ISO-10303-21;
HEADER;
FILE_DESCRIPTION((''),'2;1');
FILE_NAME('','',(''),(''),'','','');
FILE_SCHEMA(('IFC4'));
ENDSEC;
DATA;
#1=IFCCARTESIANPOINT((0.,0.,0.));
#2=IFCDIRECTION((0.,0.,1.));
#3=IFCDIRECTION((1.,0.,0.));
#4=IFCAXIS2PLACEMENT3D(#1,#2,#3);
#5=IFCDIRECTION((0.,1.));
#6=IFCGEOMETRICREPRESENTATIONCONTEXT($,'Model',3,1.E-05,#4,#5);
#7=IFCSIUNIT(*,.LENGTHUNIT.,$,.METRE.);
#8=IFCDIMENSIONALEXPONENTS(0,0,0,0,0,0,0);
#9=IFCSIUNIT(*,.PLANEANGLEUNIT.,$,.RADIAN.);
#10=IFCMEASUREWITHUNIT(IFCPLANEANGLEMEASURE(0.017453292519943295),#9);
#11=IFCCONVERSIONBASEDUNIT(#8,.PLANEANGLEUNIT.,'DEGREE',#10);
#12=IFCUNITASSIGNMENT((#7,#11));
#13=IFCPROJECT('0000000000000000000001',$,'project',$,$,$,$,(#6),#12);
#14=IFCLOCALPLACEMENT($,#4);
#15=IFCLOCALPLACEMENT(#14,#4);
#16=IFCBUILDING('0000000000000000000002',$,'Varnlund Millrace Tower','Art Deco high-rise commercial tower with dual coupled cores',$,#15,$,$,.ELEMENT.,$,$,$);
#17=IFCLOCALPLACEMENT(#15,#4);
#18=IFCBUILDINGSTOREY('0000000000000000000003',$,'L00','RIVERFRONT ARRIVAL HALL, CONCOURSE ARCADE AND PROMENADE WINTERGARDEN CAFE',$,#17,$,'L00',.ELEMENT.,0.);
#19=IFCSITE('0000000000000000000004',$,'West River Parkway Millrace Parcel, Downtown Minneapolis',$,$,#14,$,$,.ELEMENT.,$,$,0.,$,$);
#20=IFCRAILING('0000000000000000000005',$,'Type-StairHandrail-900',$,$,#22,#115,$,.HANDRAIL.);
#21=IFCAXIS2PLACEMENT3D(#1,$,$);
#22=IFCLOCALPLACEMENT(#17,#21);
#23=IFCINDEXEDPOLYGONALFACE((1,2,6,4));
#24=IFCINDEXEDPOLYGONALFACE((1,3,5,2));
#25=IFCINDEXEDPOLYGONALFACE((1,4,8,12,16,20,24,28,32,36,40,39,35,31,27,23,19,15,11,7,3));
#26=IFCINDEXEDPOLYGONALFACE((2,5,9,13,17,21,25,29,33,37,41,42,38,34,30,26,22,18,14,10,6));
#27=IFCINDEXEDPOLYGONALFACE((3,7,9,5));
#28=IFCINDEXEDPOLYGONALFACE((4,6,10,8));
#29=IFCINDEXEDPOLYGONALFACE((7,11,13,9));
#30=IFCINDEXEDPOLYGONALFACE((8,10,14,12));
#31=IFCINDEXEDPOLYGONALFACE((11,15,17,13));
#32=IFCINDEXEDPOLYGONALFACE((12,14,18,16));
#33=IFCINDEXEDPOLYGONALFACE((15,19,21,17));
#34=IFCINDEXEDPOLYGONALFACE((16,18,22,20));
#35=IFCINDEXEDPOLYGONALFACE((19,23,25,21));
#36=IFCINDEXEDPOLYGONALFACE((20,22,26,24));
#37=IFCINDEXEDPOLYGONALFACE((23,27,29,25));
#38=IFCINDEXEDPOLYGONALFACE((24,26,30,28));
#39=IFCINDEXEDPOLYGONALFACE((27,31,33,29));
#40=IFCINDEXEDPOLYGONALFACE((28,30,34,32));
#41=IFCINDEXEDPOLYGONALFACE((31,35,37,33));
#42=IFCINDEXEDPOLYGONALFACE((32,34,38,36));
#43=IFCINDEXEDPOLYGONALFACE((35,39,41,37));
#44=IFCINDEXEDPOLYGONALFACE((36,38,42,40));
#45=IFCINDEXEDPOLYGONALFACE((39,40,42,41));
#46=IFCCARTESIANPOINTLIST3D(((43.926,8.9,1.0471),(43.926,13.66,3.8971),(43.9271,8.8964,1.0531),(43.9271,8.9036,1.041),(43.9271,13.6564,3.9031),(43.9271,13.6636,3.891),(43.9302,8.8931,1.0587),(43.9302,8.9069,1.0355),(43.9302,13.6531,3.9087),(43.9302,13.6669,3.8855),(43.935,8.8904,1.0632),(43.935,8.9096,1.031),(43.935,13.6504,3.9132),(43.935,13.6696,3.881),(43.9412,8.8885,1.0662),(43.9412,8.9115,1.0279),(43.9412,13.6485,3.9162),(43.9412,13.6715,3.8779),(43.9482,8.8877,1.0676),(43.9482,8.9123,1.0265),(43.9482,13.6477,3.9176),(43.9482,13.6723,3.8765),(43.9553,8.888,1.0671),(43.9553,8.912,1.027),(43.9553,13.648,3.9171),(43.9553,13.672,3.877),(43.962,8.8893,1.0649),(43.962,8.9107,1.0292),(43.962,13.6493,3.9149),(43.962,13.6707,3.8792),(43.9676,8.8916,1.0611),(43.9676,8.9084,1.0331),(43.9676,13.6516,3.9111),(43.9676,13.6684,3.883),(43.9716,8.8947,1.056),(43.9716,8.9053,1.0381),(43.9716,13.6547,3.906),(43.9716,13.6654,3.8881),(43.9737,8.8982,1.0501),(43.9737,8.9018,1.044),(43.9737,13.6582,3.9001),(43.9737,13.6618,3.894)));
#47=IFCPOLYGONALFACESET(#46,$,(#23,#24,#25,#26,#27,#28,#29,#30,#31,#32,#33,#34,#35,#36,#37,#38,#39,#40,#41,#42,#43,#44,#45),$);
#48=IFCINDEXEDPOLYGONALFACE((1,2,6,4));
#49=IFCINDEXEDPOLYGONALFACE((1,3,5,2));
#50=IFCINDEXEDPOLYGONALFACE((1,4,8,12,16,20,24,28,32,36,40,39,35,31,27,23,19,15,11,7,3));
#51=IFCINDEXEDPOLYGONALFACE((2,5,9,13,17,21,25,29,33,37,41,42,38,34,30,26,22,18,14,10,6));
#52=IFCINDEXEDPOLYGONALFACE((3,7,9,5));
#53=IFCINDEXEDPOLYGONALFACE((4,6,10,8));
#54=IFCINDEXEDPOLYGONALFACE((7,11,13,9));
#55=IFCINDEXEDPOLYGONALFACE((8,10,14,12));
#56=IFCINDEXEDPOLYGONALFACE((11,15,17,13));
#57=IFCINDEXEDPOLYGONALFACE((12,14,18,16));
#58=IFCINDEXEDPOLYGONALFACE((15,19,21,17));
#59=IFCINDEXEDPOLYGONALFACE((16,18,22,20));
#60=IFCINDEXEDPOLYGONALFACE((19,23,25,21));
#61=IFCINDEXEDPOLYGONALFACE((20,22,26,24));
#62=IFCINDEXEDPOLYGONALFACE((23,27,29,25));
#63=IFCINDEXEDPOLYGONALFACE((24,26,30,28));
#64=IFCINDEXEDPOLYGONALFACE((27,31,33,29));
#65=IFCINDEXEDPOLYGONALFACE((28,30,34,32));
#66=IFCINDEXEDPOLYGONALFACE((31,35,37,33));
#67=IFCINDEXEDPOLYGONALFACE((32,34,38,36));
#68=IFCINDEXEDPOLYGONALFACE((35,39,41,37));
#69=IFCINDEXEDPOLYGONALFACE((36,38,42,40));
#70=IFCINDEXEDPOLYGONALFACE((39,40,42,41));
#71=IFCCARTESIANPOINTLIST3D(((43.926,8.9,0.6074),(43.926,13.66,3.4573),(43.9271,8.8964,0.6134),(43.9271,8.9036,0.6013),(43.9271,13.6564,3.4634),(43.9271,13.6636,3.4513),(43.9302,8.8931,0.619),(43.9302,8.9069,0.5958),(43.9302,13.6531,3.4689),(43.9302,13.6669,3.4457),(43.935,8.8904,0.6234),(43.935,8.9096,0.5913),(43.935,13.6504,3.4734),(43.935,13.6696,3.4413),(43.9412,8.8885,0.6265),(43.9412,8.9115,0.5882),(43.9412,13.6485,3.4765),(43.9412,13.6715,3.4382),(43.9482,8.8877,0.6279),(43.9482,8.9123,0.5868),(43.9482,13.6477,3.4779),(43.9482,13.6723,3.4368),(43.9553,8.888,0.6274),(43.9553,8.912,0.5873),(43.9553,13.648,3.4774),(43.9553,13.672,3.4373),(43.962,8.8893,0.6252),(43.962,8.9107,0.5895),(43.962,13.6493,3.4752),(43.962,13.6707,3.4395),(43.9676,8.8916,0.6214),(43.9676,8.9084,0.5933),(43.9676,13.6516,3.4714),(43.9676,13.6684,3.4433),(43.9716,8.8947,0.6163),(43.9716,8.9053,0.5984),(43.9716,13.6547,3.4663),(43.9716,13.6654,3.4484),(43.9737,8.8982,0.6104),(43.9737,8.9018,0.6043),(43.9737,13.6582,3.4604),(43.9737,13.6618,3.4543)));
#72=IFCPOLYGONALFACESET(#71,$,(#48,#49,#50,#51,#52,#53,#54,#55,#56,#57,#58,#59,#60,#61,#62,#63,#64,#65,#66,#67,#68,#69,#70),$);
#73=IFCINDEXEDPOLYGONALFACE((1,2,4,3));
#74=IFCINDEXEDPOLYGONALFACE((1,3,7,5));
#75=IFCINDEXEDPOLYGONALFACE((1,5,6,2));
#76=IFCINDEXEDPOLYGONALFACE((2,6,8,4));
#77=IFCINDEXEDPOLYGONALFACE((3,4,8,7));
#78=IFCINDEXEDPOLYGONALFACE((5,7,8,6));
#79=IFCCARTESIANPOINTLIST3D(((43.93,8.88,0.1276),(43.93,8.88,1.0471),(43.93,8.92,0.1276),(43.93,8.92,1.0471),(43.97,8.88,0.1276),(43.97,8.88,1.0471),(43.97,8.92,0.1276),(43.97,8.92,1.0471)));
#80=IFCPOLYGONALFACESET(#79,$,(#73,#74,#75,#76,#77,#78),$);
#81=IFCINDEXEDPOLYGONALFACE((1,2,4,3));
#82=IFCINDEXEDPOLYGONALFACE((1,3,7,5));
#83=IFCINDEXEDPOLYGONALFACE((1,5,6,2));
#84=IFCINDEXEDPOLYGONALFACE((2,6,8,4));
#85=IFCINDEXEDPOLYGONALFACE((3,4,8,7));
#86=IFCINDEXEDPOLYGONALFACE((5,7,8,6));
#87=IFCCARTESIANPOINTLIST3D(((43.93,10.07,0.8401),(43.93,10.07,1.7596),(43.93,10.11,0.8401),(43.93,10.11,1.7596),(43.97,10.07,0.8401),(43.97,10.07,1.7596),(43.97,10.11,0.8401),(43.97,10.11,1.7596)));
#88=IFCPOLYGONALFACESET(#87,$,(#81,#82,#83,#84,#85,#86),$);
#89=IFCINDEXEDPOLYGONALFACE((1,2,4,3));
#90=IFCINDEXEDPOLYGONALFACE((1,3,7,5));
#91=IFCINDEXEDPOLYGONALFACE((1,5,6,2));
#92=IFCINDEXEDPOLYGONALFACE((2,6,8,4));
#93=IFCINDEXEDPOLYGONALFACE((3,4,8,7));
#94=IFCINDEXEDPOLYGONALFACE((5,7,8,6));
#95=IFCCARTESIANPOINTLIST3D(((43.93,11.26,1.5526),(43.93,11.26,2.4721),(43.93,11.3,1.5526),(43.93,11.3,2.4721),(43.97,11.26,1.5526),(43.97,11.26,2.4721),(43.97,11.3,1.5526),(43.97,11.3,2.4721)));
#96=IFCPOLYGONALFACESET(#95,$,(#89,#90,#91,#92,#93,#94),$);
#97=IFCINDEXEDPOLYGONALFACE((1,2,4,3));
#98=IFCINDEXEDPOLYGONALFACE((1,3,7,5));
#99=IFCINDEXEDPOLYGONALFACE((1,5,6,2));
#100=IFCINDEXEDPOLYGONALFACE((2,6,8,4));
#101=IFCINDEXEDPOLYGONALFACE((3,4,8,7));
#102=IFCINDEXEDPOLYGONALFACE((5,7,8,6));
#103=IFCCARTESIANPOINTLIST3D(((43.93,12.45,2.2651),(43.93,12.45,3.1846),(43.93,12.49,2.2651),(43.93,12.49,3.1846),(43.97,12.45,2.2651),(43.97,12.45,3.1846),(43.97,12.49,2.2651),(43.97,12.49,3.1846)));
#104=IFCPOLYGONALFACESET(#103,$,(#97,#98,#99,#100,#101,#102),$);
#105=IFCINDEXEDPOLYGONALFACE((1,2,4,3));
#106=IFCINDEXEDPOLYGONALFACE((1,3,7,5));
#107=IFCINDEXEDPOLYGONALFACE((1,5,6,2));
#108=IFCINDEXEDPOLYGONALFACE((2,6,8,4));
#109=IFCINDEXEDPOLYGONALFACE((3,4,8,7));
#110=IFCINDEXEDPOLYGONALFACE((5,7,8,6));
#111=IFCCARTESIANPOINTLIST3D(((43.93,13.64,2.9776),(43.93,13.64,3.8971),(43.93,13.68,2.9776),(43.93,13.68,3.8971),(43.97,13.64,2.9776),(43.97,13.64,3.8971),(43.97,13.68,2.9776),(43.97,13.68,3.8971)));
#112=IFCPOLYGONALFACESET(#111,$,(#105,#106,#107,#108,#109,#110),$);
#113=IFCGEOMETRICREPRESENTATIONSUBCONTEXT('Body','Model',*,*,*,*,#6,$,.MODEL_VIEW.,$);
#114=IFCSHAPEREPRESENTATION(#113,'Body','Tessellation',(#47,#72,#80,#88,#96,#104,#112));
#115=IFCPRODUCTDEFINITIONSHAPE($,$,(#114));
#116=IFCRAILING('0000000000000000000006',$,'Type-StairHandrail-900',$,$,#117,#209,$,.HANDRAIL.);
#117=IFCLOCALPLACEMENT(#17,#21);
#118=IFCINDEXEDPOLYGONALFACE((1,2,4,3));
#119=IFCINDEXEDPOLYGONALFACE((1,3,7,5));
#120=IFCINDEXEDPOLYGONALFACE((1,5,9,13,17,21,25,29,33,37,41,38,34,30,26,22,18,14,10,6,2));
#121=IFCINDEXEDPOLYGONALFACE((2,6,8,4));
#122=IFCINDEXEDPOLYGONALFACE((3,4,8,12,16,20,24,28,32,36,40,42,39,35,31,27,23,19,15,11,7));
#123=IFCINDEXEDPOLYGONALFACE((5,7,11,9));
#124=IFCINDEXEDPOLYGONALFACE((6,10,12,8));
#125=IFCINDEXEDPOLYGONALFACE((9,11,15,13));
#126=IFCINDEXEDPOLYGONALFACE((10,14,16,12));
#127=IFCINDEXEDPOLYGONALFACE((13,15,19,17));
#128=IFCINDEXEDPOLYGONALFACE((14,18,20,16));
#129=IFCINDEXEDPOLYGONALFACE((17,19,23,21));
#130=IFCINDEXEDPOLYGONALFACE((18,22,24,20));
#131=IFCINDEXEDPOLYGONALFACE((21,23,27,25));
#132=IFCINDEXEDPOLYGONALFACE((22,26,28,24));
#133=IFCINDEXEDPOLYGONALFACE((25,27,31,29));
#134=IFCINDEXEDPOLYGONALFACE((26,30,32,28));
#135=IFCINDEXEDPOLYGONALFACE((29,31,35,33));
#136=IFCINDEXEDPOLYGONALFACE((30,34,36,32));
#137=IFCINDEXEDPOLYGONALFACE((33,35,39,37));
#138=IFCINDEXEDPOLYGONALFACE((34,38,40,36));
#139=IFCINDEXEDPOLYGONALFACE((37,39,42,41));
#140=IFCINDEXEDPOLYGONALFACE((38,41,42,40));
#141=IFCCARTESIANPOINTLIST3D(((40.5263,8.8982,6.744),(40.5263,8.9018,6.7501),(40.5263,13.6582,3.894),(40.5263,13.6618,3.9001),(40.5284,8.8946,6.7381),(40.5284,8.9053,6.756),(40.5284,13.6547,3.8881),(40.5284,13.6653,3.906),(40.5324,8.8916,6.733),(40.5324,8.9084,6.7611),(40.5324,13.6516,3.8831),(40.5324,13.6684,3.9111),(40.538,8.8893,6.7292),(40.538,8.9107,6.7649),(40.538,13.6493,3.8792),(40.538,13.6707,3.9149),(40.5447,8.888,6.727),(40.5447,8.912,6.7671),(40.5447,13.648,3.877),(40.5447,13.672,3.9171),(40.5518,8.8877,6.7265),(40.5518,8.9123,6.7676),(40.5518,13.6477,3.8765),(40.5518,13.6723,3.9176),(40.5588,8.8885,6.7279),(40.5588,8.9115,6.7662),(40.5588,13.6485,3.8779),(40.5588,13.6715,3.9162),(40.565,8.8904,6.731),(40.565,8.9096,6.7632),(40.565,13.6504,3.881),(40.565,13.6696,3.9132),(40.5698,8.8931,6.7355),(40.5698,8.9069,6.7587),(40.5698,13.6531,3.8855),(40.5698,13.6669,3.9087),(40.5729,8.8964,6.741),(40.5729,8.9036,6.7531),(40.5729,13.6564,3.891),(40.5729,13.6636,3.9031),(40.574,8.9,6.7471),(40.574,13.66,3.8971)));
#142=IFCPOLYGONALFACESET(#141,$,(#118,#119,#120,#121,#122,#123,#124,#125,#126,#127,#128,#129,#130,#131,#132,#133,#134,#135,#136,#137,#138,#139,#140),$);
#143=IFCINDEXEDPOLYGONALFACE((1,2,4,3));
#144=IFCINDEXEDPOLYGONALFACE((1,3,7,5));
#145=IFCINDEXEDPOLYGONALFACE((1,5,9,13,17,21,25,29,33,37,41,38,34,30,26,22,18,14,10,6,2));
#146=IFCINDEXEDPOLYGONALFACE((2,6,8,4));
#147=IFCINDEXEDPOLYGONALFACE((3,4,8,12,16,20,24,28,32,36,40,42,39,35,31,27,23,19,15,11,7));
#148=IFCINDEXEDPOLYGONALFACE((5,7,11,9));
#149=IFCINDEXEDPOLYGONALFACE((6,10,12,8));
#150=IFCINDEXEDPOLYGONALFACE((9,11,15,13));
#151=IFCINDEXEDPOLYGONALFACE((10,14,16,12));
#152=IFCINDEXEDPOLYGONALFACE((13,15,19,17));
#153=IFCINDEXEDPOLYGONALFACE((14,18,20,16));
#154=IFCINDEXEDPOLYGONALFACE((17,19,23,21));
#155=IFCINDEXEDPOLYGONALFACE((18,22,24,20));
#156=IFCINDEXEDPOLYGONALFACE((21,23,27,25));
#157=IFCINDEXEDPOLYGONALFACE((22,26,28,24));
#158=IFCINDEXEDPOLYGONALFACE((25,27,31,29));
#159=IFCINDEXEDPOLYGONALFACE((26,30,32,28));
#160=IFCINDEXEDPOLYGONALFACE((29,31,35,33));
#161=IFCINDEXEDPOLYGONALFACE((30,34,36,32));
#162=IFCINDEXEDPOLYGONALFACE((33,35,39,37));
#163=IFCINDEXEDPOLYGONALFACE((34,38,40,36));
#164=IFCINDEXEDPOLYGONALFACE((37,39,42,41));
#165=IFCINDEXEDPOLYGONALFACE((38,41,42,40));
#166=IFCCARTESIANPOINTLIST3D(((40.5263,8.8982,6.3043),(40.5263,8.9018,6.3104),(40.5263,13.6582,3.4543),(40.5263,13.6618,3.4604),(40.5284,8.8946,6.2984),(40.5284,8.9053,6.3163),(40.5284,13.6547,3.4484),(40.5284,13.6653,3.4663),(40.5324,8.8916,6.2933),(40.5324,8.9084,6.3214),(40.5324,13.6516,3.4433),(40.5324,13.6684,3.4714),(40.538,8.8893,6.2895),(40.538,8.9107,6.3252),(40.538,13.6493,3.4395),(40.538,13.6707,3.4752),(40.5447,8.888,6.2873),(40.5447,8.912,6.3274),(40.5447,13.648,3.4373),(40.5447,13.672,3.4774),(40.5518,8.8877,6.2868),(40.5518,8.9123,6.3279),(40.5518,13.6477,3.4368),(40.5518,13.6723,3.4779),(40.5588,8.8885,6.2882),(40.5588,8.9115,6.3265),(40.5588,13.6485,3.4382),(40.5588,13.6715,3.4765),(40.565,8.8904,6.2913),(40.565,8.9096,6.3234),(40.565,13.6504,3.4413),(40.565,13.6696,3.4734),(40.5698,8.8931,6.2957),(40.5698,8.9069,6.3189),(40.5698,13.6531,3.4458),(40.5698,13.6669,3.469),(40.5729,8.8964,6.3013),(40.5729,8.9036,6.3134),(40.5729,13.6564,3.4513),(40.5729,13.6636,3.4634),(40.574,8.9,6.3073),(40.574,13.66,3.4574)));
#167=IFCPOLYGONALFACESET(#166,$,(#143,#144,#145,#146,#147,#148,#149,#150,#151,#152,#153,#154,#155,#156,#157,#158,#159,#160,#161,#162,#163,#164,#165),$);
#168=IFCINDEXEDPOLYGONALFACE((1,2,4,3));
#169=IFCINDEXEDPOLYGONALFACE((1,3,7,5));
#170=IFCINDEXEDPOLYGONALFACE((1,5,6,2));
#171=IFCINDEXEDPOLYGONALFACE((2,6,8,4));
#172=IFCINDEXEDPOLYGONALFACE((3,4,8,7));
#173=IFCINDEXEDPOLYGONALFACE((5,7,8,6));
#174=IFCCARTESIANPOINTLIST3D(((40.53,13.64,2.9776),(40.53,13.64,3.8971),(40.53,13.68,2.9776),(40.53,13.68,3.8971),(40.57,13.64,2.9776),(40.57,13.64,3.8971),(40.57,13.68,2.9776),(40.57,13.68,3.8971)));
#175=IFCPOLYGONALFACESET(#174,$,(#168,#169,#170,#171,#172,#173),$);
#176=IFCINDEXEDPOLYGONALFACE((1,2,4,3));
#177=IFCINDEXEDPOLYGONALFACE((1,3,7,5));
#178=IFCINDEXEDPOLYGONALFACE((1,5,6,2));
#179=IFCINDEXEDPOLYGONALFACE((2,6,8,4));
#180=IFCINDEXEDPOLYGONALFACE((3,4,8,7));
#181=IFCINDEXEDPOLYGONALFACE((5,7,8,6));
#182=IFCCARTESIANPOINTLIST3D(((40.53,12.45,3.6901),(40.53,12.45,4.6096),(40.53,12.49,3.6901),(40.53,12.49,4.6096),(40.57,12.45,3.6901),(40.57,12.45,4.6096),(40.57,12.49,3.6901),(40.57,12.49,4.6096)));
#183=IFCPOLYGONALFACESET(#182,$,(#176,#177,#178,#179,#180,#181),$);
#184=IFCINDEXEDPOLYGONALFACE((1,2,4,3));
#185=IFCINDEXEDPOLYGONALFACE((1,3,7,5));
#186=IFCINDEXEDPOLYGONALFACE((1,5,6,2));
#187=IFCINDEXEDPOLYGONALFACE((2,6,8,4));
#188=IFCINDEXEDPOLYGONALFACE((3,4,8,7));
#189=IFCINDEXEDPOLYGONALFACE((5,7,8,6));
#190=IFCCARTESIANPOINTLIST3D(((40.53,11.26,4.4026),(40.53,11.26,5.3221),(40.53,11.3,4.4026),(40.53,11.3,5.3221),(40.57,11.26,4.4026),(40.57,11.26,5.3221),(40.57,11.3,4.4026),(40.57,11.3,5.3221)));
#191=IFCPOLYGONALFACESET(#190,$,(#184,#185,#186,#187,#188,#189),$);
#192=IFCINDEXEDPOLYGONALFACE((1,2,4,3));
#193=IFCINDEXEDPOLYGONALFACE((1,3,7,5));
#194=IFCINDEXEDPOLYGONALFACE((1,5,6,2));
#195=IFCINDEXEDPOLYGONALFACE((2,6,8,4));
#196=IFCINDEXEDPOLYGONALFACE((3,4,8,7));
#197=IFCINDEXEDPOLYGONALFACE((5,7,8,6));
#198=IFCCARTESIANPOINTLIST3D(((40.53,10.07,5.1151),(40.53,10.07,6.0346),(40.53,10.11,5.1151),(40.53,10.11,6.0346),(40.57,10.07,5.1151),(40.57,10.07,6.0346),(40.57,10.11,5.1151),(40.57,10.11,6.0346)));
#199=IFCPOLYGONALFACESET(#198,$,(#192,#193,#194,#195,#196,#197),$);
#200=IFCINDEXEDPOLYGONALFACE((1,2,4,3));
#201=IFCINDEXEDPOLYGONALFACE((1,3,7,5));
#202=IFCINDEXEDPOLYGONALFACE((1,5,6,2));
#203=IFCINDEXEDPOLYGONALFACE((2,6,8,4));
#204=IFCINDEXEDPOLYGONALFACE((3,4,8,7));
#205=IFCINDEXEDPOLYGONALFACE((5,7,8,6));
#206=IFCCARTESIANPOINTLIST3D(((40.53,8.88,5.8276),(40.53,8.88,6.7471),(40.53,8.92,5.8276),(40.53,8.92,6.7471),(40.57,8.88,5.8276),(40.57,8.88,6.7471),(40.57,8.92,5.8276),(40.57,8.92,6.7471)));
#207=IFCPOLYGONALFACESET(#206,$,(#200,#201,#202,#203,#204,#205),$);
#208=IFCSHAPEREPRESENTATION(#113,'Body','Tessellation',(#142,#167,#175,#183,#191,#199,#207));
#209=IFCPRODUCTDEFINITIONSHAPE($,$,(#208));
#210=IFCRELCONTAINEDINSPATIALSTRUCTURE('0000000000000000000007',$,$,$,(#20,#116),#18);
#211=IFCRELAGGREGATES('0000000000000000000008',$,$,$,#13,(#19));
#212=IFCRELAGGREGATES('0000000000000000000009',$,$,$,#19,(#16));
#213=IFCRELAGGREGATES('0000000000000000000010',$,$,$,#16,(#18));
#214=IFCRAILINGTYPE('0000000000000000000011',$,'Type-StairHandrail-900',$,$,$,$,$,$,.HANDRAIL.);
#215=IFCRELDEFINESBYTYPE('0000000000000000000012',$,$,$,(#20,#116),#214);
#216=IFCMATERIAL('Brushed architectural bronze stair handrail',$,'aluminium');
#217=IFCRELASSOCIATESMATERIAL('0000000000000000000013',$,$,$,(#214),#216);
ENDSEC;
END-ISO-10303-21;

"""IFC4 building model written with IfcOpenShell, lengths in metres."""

from ifc_helpers import new_model, entity, si_unit, converted_unit, direction, frame, origin_with_axes, origin_2d_with_axis, place, context, subcontext, project, spatial, rectangle, circle, extrude, material, type_object, element, save


model = new_model("IFC4")

# Units and contexts
model_context = context("Model", 3, precision=1e-05, world=origin_with_axes(), true_north=direction((0.0, 1.0)))
body_context = subcontext(model_context, "Body", "Model", "MODEL_VIEW")
ifc_project = project(units=[si_unit("LENGTHUNIT", "METRE"), converted_unit("PLANEANGLEUNIT", "DEGREE", entity("IfcPlaneAngleMeasure", 0.017453292519943295), si_unit("PLANEANGLEUNIT", "RADIAN"), dimensions=[0, 0, 0, 0, 0, 0, 0])], contexts=[model_context])

# Site, building, storey
site_placement = place(None, origin_with_axes())
site = spatial("IfcSite", under=ifc_project, at=site_placement, Name="West River Parkway Millrace Parcel, Downtown Minneapolis", CompositionType="ELEMENT", RefElevation=0.0)
building_placement = place(site_placement, origin_with_axes())
building = spatial("IfcBuilding", under=site, at=building_placement, Name="Varnlund Millrace Tower", Description="Art Deco high-rise commercial tower with dual coupled cores", CompositionType="ELEMENT")
storey_placement = place(building_placement, origin_with_axes())
storey = spatial("IfcBuildingStorey", under=building, at=storey_placement, Name="L00", Description="RIVERFRONT ARRIVAL HALL, CONCOURSE ARCADE AND PROMENADE WINTERGARDEN CAFE", LongName="L00", CompositionType="ELEMENT", Elevation=0.0)

# Railings
ifc_material_1 = material(Name="Brushed architectural bronze stair handrail", Category="aluminium")
railing_type_1 = type_object("IfcRailingType", Name="Type-StairHandrail-900", PredefinedType="HANDRAIL", material=ifc_material_1)
railing_1_placement = place(storey_placement, origin_with_axes())
element("IfcRailing", 1, at=railing_1_placement, inside=storey, type_object=railing_type_1, Name="Type-StairHandrail-900", PredefinedType="HANDRAIL", context=body_context, shape_type="SweptSolid", body=[
    extrude(circle(Radius=0.024, at=origin_2d_with_axis()), frame((43.95, 8.9, 1.0471), z_axis=(0.0, 0.85797, 0.5137), x_axis=(-1.0, 0.0, 0.0)), (0.0, 0.0, 1.0), 5.548),
    extrude(circle(Radius=0.024, at=origin_2d_with_axis()), frame((43.95, 8.9, 0.6074), z_axis=(0.0, 0.85797, 0.5137), x_axis=(-1.0, 0.0, 0.0)), (0.0, 0.0, 1.0), 5.548),
    extrude(rectangle(XDim=0.04, YDim=0.04, at=origin_2d_with_axis()), frame((43.95, 8.9, 0.1276), z_axis=(0.0, 0.0, 1.0), x_axis=(1.0, 0.0, 0.0)), (0.0, 0.0, 1.0), 0.9194),
    extrude(rectangle(XDim=0.04, YDim=0.04, at=origin_2d_with_axis()), frame((43.95, 10.09, 0.8401), z_axis=(0.0, 0.0, 1.0), x_axis=(1.0, 0.0, 0.0)), (0.0, 0.0, 1.0), 0.9194),
    extrude(rectangle(XDim=0.04, YDim=0.04, at=origin_2d_with_axis()), frame((43.95, 11.28, 1.5526), z_axis=(0.0, 0.0, 1.0), x_axis=(1.0, 0.0, 0.0)), (0.0, 0.0, 1.0), 0.9194),
    extrude(rectangle(XDim=0.04, YDim=0.04, at=origin_2d_with_axis()), frame((43.95, 12.47, 2.2651), z_axis=(0.0, 0.0, 1.0), x_axis=(1.0, 0.0, 0.0)), (0.0, 0.0, 1.0), 0.9194),
    extrude(rectangle(XDim=0.04, YDim=0.04, at=origin_2d_with_axis()), frame((43.95, 13.66, 2.9776), z_axis=(0.0, 0.0, 1.0), x_axis=(1.0, 0.0, 0.0)), (0.0, 0.0, 1.0), 0.9194),
])
railing_2_placement = place(storey_placement, origin_with_axes())
element("IfcRailing", 2, at=railing_2_placement, inside=storey, type_object=railing_type_1, Name="Type-StairHandrail-900", PredefinedType="HANDRAIL", context=body_context, shape_type="SweptSolid", body=[
    extrude(circle(Radius=0.024, at=origin_2d_with_axis()), frame((40.55, 13.66, 3.8971), z_axis=(0.0, -0.85797, 0.5137), x_axis=(1.0, 0.0, 0.0)), (0.0, 0.0, 1.0), 5.548),
    extrude(circle(Radius=0.024, at=origin_2d_with_axis()), frame((40.55, 13.66, 3.4574), z_axis=(0.0, -0.85797, 0.5137), x_axis=(1.0, 0.0, 0.0)), (0.0, 0.0, 1.0), 5.548),
    extrude(rectangle(XDim=0.04, YDim=0.04, at=origin_2d_with_axis()), frame((40.55, 13.66, 2.9776), z_axis=(0.0, 0.0, 1.0), x_axis=(1.0, 0.0, 0.0)), (0.0, 0.0, 1.0), 0.9194),
    extrude(rectangle(XDim=0.04, YDim=0.04, at=origin_2d_with_axis()), frame((40.55, 12.47, 3.6901), z_axis=(0.0, 0.0, 1.0), x_axis=(1.0, 0.0, 0.0)), (0.0, 0.0, 1.0), 0.9194),
    extrude(rectangle(XDim=0.04, YDim=0.04, at=origin_2d_with_axis()), frame((40.55, 11.28, 4.4026), z_axis=(0.0, 0.0, 1.0), x_axis=(1.0, 0.0, 0.0)), (0.0, 0.0, 1.0), 0.9194),
    extrude(rectangle(XDim=0.04, YDim=0.04, at=origin_2d_with_axis()), frame((40.55, 10.09, 5.1151), z_axis=(0.0, 0.0, 1.0), x_axis=(1.0, 0.0, 0.0)), (0.0, 0.0, 1.0), 0.9194),
    extrude(rectangle(XDim=0.04, YDim=0.04, at=origin_2d_with_axis()), frame((40.55, 8.9, 5.8276), z_axis=(0.0, 0.0, 1.0), x_axis=(1.0, 0.0, 0.0)), (0.0, 0.0, 1.0), 0.9194),
])

save(model, "model.ifc")
